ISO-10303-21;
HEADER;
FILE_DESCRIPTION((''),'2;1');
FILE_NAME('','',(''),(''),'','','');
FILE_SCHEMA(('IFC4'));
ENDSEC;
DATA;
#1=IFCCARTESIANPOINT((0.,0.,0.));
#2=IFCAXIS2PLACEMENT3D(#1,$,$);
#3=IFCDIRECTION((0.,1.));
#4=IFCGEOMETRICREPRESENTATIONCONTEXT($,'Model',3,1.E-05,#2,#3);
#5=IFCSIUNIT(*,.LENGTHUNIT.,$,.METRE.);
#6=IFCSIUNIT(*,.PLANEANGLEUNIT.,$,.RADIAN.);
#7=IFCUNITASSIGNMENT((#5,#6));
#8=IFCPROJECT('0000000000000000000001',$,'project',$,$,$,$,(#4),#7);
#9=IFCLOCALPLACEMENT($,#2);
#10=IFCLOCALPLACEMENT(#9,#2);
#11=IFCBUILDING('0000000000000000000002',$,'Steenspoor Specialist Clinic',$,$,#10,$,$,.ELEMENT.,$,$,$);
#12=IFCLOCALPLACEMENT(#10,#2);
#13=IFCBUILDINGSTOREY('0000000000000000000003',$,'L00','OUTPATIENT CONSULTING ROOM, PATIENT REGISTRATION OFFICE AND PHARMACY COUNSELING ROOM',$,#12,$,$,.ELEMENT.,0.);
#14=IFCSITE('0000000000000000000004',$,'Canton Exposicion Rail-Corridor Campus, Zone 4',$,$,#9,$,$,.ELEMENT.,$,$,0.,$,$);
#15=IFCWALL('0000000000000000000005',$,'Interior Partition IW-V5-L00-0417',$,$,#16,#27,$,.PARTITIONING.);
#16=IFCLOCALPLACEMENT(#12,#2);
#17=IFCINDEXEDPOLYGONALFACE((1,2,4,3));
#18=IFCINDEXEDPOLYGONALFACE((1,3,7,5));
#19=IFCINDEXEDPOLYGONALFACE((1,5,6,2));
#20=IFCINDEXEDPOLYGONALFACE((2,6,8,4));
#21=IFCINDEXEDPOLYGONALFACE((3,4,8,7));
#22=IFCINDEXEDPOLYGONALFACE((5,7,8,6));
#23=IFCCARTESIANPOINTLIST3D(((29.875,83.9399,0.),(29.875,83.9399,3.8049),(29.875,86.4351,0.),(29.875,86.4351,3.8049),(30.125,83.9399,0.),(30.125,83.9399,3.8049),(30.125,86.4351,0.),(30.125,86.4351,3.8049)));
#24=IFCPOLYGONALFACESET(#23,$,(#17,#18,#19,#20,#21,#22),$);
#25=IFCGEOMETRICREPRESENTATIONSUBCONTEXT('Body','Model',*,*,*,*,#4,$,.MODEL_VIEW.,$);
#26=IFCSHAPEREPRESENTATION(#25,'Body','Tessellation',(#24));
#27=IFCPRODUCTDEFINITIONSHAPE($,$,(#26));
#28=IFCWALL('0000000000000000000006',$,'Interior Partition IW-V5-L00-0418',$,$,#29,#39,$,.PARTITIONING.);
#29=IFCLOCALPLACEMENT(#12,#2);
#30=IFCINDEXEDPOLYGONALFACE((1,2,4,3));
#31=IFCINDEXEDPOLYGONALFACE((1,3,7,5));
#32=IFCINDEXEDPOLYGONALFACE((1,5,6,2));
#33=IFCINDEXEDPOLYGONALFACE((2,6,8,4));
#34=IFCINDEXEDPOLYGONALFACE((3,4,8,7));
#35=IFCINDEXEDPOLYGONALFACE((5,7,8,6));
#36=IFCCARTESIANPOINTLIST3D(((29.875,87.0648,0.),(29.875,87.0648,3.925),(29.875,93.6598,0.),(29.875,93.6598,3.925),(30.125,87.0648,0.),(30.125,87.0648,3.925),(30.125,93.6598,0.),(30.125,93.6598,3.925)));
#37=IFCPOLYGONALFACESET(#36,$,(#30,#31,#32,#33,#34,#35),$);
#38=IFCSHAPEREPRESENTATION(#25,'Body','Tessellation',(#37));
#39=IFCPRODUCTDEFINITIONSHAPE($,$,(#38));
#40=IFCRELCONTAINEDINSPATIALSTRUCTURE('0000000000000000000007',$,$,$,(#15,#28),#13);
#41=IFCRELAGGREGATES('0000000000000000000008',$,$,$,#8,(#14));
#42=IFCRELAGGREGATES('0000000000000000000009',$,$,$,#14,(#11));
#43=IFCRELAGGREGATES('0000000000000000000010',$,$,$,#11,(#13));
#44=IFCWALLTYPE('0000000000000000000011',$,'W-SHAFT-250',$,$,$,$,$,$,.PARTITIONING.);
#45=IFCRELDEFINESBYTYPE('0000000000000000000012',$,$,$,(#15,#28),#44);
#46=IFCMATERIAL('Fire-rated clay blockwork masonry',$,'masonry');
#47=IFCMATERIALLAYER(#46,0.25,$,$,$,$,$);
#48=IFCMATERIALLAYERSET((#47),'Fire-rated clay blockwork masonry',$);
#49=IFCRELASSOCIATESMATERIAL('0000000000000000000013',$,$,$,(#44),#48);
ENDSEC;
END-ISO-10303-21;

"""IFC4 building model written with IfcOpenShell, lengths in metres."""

from ifc_helpers import new_model, si_unit, direction, frame, frame_2d, origin, place, context, subcontext, project, spatial, rectangle, extrude, material, layer, layer_set, type_object, element, save


model = new_model("IFC4")

# Units and contexts
model_context = context("Model", 3, precision=1e-05, world=origin(), true_north=direction((0.0, 1.0)))
body_context = subcontext(model_context, "Body", "Model", "MODEL_VIEW")
ifc_project = project(units=[si_unit("LENGTHUNIT", "METRE"), si_unit("PLANEANGLEUNIT", "RADIAN")], contexts=[model_context])

# Site, building, storey
site_placement = place(None, origin())
site = spatial("IfcSite", under=ifc_project, at=site_placement, Name="Canton Exposicion Rail-Corridor Campus, Zone 4", CompositionType="ELEMENT", RefElevation=0.0)
building_placement = place(site_placement, origin())
building = spatial("IfcBuilding", under=site, at=building_placement, Name="Steenspoor Specialist Clinic", CompositionType="ELEMENT")
storey_placement = place(building_placement, origin())
storey = spatial("IfcBuildingStorey", under=building, at=storey_placement, Name="L00", Description="OUTPATIENT CONSULTING ROOM, PATIENT REGISTRATION OFFICE AND PHARMACY COUNSELING ROOM", CompositionType="ELEMENT", Elevation=0.0)

# Walls
ifc_material_1 = material(Name="Fire-rated clay blockwork masonry", Category="masonry")
ifc_layer_1 = layer(ifc_material_1, 0.25)
ifc_layer_set_1 = layer_set([ifc_layer_1], Name="Fire-rated clay blockwork masonry")
wall_type_1 = type_object("IfcWallType", Name="W-SHAFT-250", PredefinedType="PARTITIONING", material=ifc_layer_set_1)
wall_1_placement = place(storey_placement, frame((30.0, 83.9399, 0.0), z_axis=(0.0, 0.0, 1.0), x_axis=(0.0, 1.0, 0.0)))
element("IfcWall", 1, at=wall_1_placement, inside=storey, type_object=wall_type_1, Name="Interior Partition IW-V5-L00-0417", PredefinedType="PARTITIONING", context=body_context, shape_type="SweptSolid", body=[
    extrude(rectangle(XDim=2.4951, YDim=0.25, at=frame_2d((1.2476, 0.0))), origin(), (0.0, 0.0, 1.0), 3.8049),
])
wall_2_placement = place(storey_placement, frame((30.0, 87.0649, 0.0), z_axis=(0.0, 0.0, 1.0), x_axis=(0.0, 1.0, 0.0)))
element("IfcWall", 2, at=wall_2_placement, inside=storey, type_object=wall_type_1, Name="Interior Partition IW-V5-L00-0418", PredefinedType="PARTITIONING", context=body_context, shape_type="SweptSolid", body=[
    extrude(rectangle(XDim=6.595, YDim=0.25, at=frame_2d((3.2974, 0.0))), origin(), (0.0, 0.0, 1.0), 3.925),
])

save(model, "model.ifc")
